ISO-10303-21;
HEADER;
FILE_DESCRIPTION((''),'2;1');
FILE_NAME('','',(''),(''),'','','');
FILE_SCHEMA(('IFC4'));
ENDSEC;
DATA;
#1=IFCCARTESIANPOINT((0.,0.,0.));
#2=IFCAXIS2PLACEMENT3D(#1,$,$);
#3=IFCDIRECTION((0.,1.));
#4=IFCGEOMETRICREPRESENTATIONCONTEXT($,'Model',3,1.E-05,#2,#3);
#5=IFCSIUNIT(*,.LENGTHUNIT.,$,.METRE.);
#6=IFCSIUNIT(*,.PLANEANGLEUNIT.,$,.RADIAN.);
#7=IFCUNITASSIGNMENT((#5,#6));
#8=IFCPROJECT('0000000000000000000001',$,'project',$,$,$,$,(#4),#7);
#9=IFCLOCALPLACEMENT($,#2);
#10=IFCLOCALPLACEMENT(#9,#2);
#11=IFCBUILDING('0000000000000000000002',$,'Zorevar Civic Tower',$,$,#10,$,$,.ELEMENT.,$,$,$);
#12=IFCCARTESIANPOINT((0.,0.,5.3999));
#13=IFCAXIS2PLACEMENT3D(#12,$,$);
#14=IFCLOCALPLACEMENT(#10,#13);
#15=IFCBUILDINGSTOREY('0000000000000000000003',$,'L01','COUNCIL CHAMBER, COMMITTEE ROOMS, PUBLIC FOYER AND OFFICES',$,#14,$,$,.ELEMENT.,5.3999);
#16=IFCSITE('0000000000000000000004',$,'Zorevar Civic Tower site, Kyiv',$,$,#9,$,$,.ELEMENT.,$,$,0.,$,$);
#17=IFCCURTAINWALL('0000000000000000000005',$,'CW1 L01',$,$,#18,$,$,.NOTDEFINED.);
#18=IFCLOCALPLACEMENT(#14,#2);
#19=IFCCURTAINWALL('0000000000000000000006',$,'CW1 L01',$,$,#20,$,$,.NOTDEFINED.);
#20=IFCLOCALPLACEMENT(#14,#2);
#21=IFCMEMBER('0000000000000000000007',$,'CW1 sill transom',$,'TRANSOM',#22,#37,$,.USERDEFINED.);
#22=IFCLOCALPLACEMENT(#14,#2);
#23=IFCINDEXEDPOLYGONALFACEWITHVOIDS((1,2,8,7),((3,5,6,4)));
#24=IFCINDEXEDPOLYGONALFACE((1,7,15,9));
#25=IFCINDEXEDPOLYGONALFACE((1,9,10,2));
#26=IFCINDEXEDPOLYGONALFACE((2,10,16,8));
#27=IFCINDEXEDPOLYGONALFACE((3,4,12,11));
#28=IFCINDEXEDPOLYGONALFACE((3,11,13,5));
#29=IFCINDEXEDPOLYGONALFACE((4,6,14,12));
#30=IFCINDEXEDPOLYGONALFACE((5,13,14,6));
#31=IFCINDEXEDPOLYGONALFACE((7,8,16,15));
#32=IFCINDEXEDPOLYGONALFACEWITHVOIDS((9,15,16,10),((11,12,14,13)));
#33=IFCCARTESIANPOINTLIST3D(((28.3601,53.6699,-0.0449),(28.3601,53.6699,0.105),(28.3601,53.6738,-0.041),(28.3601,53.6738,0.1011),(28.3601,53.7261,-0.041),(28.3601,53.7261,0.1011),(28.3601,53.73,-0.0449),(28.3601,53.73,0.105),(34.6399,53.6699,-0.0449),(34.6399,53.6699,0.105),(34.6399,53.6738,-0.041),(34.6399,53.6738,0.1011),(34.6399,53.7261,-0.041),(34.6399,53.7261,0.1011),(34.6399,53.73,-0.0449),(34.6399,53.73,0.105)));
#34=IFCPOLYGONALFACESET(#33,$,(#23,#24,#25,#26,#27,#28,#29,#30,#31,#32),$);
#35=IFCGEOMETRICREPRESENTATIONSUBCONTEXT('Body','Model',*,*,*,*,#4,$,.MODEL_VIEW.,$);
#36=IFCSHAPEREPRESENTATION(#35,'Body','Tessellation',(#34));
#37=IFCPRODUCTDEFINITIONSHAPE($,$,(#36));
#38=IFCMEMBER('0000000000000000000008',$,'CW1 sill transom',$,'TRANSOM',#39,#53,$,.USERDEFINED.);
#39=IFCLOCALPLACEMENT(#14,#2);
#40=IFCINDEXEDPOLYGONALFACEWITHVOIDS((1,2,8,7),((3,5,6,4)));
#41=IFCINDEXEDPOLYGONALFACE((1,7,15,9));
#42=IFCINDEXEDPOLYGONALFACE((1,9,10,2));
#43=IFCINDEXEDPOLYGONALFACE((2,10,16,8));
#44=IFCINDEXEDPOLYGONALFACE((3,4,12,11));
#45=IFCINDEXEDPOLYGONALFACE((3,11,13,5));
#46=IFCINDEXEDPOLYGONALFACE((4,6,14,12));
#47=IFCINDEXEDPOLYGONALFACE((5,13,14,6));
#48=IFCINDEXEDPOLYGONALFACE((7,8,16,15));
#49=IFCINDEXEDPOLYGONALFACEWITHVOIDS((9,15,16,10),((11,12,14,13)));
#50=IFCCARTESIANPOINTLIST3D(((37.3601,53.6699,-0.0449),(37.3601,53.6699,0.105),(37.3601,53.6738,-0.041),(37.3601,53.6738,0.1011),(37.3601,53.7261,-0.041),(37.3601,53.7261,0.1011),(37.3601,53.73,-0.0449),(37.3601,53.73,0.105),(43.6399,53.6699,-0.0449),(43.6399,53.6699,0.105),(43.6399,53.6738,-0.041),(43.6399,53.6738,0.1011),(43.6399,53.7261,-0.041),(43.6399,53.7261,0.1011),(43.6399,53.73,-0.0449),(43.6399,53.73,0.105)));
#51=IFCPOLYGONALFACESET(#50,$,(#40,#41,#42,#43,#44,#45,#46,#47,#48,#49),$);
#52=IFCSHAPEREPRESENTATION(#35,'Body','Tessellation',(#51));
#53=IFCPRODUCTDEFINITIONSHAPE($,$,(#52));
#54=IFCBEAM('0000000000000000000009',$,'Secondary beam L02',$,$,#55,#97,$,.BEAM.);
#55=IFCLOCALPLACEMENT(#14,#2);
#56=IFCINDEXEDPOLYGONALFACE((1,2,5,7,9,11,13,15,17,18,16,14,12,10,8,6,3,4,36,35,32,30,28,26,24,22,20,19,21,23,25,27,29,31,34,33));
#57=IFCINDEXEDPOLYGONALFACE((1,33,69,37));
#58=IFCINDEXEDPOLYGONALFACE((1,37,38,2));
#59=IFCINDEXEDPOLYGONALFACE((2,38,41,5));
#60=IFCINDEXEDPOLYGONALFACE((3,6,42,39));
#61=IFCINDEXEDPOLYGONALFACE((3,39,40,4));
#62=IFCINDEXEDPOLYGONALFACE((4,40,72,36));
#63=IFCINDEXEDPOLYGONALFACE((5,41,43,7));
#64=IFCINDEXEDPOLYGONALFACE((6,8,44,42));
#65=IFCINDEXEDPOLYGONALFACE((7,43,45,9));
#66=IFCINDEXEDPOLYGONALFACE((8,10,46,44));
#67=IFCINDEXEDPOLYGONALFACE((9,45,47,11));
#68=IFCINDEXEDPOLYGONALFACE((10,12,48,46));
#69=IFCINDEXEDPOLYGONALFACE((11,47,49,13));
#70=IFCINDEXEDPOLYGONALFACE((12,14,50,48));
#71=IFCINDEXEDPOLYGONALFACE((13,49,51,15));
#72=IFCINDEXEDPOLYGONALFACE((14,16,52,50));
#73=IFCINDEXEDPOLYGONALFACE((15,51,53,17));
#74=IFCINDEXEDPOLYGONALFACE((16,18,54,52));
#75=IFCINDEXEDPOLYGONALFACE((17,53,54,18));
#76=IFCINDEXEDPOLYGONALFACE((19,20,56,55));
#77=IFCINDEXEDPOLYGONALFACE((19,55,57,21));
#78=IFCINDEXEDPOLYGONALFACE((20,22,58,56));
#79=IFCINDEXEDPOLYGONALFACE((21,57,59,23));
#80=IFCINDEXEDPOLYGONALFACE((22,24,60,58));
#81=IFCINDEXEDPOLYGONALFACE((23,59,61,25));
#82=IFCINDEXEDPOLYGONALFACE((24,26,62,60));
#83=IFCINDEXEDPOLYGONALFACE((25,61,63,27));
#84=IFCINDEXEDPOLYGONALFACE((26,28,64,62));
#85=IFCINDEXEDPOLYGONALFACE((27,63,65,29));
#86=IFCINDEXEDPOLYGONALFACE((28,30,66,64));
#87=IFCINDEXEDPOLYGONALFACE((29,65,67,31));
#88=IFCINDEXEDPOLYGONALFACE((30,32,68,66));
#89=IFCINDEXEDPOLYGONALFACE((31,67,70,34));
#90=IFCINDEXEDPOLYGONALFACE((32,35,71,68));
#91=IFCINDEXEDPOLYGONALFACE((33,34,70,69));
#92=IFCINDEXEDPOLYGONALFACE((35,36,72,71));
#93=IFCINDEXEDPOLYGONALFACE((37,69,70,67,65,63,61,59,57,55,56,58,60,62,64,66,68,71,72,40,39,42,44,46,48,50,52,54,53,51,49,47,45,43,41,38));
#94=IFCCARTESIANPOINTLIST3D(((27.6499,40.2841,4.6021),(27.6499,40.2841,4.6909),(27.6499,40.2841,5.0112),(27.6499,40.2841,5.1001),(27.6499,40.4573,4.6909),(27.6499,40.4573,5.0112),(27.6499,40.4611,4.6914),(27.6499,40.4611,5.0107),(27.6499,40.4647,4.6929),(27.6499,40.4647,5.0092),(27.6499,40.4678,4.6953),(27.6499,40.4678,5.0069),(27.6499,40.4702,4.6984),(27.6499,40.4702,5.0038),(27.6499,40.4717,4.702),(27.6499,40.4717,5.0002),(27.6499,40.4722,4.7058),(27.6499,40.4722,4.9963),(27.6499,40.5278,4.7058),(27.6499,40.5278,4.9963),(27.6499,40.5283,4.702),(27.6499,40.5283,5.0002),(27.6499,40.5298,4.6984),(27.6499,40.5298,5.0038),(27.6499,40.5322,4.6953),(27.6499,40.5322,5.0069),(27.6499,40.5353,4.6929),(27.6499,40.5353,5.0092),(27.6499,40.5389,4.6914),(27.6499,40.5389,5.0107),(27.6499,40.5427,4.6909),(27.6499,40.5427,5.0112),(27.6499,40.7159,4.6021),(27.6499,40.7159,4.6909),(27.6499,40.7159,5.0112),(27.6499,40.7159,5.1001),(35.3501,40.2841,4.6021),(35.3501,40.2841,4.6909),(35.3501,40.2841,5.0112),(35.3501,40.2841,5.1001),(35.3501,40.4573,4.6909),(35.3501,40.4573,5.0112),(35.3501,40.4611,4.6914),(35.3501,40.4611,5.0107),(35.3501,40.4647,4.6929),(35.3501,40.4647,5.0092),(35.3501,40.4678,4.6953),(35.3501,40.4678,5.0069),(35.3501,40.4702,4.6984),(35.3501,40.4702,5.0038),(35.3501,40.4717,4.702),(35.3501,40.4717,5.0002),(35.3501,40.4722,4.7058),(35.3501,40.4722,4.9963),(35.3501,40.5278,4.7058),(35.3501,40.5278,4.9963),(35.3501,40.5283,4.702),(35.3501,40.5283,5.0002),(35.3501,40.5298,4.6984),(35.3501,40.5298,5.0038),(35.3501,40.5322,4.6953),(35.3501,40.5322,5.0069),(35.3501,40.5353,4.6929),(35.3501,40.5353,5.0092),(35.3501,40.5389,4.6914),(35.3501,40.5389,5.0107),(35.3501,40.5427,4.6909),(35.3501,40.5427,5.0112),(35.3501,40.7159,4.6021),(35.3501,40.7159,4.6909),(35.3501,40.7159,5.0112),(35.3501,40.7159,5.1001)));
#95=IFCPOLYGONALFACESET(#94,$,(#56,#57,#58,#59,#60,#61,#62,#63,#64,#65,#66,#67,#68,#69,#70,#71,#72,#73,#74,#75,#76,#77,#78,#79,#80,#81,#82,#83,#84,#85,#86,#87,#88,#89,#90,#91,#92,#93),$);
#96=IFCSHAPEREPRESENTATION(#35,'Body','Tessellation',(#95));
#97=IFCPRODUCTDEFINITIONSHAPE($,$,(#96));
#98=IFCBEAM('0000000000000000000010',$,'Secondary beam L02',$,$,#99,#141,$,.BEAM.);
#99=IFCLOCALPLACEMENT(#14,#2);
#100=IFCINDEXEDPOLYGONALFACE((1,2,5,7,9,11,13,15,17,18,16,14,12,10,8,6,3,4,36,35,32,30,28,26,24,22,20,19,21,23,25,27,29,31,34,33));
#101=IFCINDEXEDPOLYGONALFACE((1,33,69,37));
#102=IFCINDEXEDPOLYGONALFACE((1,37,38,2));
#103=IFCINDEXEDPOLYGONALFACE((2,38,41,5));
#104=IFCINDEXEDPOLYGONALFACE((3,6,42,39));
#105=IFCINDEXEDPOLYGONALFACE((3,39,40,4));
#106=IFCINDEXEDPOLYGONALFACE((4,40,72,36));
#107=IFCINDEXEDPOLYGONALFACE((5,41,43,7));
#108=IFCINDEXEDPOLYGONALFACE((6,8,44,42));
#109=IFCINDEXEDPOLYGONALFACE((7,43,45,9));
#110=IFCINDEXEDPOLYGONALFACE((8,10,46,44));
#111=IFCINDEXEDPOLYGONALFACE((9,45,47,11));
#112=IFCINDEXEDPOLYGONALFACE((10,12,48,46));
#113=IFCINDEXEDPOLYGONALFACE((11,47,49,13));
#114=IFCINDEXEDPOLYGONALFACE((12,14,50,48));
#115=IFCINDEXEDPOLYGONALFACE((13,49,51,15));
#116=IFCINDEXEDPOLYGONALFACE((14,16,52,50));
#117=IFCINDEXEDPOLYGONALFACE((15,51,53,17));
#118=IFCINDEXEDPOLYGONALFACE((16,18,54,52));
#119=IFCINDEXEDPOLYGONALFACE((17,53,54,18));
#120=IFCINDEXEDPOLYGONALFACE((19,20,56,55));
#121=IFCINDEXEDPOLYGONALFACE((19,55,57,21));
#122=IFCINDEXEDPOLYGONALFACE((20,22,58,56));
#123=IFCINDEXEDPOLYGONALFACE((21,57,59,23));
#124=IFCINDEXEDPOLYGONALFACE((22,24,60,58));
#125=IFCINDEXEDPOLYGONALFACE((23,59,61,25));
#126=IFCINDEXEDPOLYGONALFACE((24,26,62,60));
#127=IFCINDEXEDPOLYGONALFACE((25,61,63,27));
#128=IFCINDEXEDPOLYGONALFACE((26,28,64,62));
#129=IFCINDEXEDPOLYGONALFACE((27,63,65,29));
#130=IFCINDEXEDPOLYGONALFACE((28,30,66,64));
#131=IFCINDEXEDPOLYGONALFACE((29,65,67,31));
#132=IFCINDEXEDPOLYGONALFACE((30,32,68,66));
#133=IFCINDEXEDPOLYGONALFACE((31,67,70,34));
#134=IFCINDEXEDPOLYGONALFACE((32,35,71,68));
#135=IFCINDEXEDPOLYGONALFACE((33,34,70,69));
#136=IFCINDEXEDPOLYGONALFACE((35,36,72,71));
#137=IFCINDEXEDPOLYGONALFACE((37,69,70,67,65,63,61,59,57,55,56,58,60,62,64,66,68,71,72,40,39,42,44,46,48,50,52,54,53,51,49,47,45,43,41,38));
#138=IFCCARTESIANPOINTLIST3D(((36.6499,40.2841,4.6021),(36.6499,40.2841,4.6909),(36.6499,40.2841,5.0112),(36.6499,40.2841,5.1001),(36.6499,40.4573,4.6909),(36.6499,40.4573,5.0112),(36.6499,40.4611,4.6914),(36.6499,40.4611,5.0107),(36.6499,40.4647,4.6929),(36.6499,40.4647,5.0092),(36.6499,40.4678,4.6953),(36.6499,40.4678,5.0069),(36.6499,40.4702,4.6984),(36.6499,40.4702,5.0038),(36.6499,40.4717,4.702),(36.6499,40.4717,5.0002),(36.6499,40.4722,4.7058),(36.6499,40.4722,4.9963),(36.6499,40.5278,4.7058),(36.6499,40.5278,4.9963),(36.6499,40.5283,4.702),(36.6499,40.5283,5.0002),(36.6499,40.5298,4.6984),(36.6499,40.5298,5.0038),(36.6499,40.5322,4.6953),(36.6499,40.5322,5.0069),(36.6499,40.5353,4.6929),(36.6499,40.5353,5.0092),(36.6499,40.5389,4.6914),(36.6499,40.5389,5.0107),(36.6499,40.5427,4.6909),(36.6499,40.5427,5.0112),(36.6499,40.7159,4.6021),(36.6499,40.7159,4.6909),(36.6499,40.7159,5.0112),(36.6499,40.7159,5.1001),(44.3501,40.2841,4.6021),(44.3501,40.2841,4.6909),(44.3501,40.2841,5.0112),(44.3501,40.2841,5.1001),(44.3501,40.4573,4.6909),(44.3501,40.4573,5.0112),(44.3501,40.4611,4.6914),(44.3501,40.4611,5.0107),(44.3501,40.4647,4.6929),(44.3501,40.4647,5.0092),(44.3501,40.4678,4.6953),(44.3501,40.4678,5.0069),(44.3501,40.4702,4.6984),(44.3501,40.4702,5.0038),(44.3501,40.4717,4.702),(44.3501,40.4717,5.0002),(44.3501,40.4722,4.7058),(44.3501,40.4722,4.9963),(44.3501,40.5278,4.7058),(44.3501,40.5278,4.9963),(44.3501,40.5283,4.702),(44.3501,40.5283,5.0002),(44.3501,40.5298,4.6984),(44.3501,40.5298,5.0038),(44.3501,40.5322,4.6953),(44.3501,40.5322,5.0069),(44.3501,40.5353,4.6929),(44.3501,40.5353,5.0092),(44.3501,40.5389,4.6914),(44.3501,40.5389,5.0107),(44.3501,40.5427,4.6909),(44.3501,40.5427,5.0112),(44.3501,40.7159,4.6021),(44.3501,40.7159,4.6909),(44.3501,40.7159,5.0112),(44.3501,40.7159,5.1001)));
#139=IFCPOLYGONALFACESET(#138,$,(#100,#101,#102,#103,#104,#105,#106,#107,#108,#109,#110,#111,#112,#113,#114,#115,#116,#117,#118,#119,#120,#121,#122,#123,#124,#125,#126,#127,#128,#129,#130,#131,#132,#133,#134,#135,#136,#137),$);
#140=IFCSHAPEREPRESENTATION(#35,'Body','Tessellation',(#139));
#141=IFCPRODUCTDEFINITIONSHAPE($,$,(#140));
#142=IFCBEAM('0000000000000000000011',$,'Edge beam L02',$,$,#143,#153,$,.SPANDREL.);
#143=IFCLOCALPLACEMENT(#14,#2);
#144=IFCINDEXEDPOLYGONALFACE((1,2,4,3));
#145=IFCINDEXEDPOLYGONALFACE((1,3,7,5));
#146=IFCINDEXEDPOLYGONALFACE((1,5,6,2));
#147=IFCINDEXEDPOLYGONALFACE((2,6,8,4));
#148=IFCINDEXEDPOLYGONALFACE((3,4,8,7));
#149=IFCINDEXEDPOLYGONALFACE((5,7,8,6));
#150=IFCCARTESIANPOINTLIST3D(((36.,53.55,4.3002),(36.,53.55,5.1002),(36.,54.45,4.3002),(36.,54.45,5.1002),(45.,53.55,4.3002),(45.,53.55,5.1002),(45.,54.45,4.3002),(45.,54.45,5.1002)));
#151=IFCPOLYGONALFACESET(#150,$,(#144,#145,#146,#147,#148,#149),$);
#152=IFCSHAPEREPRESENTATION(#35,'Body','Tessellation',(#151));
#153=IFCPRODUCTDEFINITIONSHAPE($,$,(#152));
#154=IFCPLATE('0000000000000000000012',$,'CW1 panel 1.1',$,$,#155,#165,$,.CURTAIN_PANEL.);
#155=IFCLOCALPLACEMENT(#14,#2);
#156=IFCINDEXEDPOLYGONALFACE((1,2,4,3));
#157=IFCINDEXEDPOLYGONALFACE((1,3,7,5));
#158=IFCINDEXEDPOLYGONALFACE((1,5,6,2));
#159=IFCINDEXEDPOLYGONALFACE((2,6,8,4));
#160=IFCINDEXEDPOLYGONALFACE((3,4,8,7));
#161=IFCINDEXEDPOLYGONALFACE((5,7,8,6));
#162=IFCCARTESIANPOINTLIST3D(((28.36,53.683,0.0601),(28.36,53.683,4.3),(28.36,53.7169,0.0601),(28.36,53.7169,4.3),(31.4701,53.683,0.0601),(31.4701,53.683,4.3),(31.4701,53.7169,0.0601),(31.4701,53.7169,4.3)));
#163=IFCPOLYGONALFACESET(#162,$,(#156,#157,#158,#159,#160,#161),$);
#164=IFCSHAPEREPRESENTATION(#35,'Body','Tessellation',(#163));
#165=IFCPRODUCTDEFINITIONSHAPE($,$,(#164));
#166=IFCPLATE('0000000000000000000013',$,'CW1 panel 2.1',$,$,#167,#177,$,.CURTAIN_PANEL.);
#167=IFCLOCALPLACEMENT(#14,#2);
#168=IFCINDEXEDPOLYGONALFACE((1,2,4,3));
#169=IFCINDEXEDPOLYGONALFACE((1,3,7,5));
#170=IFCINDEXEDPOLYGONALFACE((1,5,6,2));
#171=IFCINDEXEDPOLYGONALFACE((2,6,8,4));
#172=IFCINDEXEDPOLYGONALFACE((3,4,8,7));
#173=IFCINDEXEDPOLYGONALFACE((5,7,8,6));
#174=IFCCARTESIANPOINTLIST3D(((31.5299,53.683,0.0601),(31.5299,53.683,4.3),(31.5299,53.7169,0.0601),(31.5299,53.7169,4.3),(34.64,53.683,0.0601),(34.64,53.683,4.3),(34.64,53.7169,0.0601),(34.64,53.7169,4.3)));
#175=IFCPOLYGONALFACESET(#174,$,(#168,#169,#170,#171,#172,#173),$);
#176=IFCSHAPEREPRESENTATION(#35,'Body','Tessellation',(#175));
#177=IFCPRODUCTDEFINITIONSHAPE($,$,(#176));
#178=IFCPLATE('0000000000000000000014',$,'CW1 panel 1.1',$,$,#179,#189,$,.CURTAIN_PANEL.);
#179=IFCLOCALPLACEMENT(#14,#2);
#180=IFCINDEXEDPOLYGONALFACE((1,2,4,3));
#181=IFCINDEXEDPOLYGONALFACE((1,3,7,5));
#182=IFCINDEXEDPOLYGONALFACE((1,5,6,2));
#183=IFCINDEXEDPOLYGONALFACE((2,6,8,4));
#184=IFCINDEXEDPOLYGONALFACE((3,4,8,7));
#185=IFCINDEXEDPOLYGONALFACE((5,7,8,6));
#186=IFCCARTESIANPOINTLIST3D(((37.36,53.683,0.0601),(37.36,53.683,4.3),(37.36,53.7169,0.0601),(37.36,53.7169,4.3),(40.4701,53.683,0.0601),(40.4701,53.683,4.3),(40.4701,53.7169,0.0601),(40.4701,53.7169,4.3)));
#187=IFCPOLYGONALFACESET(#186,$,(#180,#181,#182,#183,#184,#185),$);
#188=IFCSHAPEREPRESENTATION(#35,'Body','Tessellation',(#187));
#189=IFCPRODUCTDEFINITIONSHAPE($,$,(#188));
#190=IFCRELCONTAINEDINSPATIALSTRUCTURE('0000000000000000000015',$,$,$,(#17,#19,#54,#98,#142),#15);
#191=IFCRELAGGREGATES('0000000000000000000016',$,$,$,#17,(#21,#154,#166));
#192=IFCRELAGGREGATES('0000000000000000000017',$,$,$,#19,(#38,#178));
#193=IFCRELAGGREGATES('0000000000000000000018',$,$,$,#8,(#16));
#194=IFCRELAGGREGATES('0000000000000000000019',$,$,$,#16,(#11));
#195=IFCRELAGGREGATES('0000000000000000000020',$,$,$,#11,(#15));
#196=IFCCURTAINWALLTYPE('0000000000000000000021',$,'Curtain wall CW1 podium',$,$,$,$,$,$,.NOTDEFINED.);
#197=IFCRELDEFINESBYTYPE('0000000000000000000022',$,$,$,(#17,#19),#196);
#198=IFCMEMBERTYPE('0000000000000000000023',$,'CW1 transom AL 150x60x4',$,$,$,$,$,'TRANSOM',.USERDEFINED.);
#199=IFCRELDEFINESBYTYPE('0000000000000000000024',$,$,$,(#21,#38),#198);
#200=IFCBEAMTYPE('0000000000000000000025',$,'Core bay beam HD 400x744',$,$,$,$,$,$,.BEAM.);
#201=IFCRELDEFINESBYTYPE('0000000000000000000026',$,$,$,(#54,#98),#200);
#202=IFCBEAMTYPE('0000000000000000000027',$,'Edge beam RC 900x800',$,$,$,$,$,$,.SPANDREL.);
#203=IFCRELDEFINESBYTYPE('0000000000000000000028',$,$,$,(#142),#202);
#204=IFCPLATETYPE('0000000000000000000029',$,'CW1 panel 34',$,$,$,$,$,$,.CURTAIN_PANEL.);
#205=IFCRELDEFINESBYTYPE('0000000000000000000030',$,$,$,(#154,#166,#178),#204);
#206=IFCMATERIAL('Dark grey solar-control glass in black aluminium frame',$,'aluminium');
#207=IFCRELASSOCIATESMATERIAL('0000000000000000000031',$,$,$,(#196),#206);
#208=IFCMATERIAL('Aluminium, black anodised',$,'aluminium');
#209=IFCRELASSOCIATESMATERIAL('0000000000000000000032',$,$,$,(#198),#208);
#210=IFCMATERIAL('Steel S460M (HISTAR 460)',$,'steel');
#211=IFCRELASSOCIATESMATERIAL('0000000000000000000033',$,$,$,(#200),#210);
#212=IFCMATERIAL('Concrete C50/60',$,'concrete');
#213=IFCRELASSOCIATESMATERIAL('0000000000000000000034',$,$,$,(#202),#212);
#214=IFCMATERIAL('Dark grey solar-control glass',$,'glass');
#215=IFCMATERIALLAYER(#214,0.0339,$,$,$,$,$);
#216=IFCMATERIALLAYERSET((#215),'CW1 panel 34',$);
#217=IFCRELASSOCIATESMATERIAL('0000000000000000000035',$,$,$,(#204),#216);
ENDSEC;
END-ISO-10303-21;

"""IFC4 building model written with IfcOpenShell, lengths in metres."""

from ifc_helpers import new_model, si_unit, direction, frame, origin, origin_2d, place, context, subcontext, project, spatial, rectangle, hollow_rectangle, i_section, extrude, material, layer, layer_set, material_profile, profile_set, type_object, element, aggregate, save


model = new_model("IFC4")

# Units and contexts
model_context = context("Model", 3, precision=1e-05, world=origin(), true_north=direction((0.0, 1.0)))
body_context = subcontext(model_context, "Body", "Model", "MODEL_VIEW")
ifc_project = project(units=[si_unit("LENGTHUNIT", "METRE"), si_unit("PLANEANGLEUNIT", "RADIAN")], contexts=[model_context])

# Site, building, storey
site_placement = place(None, origin())
site = spatial("IfcSite", under=ifc_project, at=site_placement, Name="Zorevar Civic Tower site, Kyiv", CompositionType="ELEMENT", RefElevation=0.0)
building_placement = place(site_placement, origin())
building = spatial("IfcBuilding", under=site, at=building_placement, Name="Zorevar Civic Tower", CompositionType="ELEMENT")
storey_placement = place(building_placement, frame((0.0, 0.0, 5.3999)))
storey = spatial("IfcBuildingStorey", under=building, at=storey_placement, Name="L01", Description="COUNCIL CHAMBER, COMMITTEE ROOMS, PUBLIC FOYER AND OFFICES", CompositionType="ELEMENT", Elevation=5.3999)

# Curtain walls
ifc_material_1 = material(Name="Dark grey solar-control glass in black aluminium frame", Category="aluminium")
curtain_wall_type = type_object("IfcCurtainWallType", Name="Curtain wall CW1 podium", PredefinedType="NOTDEFINED", material=ifc_material_1)
curtain_wall_1_placement = place(storey_placement, origin())
curtain_wall_1 = element("IfcCurtainWall", 1, at=curtain_wall_1_placement, inside=storey, type_object=curtain_wall_type, Name="CW1 L01", PredefinedType="NOTDEFINED")
curtain_wall_2_placement = place(storey_placement, origin())
curtain_wall_2 = element("IfcCurtainWall", 2, at=curtain_wall_2_placement, inside=storey, type_object=curtain_wall_type, Name="CW1 L01", PredefinedType="NOTDEFINED")

# Members
ifc_material_2 = material(Name="Aluminium, black anodised", Category="aluminium")
ifc_material_profile_1 = material_profile(ifc_material_2, hollow_rectangle(XDim=0.0601, YDim=0.1499, WallThickness=0.0039, at=origin_2d()), Name="AL 150x60x4")
ifc_profile_set_1 = profile_set([ifc_material_profile_1], Name="Aluminium, black anodised")
member_type_1 = type_object("IfcMemberType", Name="CW1 transom AL 150x60x4", ElementType="TRANSOM", PredefinedType="USERDEFINED", material=ifc_profile_set_1)
member_1_placement = place(storey_placement, frame((28.3601, 53.7, 0.03), z_axis=(1.0, 0.0, 0.0), x_axis=(0.0, 1.0, 0.0)))
member_1 = element("IfcMember", 3, at=member_1_placement, type_object=member_type_1, Name="CW1 sill transom", ObjectType="TRANSOM", PredefinedType="USERDEFINED", context=body_context, shape_type="SweptSolid", body=[
    extrude(hollow_rectangle(XDim=0.0601, YDim=0.1499, WallThickness=0.0039, at=origin_2d()), origin(), (0.0, 0.0, 1.0), 6.2798),
])
member_2_placement = place(storey_placement, frame((37.3601, 53.7, 0.03), z_axis=(1.0, 0.0, 0.0), x_axis=(0.0, 1.0, 0.0)))
member_2 = element("IfcMember", 4, at=member_2_placement, type_object=member_type_1, Name="CW1 sill transom", ObjectType="TRANSOM", PredefinedType="USERDEFINED", context=body_context, shape_type="SweptSolid", body=[
    extrude(hollow_rectangle(XDim=0.0601, YDim=0.1499, WallThickness=0.0039, at=origin_2d()), origin(), (0.0, 0.0, 1.0), 6.2798),
])

# Beams
ifc_material_3 = material(Name="Steel S460M (HISTAR 460)", Category="steel")
ifc_material_profile_2 = material_profile(ifc_material_3, i_section(OverallWidth=0.4319, OverallDepth=0.498, WebThickness=0.0557, FlangeThickness=0.0889, FilletRadius=0.0149, at=origin_2d()), Name="HD 400x744")
ifc_profile_set_2 = profile_set([ifc_material_profile_2], Name="Steel S460M (HISTAR 460)")
beam_type_1 = type_object("IfcBeamType", Name="Core bay beam HD 400x744", PredefinedType="BEAM", material=ifc_profile_set_2)
for number, where, z_axis, x_axis, name in (
    (5, (27.6499, 40.5, 4.8511), (1.0, 0.0, 0.0), (0.0, 1.0, 0.0), "Secondary beam L02"),
    (6, (36.6499, 40.5, 4.8511), (1.0, 0.0, 0.0), (0.0, 1.0, 0.0), "Secondary beam L02"),
):
    element("IfcBeam", number, at=place(storey_placement, frame(where, z_axis=z_axis, x_axis=x_axis)), inside=storey, type_object=beam_type_1, Name=name, PredefinedType="BEAM", context=body_context, shape_type="SweptSolid", body=[
        extrude(i_section(OverallWidth=0.4319, OverallDepth=0.498, WebThickness=0.0557, FlangeThickness=0.0889, FilletRadius=0.0149, at=origin_2d()), origin(), (0.0, 0.0, 1.0), 7.7002),
    ])
ifc_material_4 = material(Name="Concrete C50/60", Category="concrete")
ifc_material_profile_3 = material_profile(ifc_material_4, rectangle(XDim=0.8999, YDim=0.8, at=origin_2d()), Name="RC 900x800")
ifc_profile_set_3 = profile_set([ifc_material_profile_3], Name="Concrete C50/60")
beam_type_2 = type_object("IfcBeamType", Name="Edge beam RC 900x800", PredefinedType="SPANDREL", material=ifc_profile_set_3)
beam_1_placement = place(storey_placement, frame((36.0, 54.0, 4.7002), z_axis=(1.0, 0.0, 0.0), x_axis=(0.0, 1.0, 0.0)))
element("IfcBeam", 7, at=beam_1_placement, inside=storey, type_object=beam_type_2, Name="Edge beam L02", PredefinedType="SPANDREL", context=body_context, shape_type="SweptSolid", body=[
    extrude(rectangle(XDim=0.8999, YDim=0.8, at=origin_2d()), origin(), (0.0, 0.0, 1.0), 9.0),
])

# Plates
ifc_material_5 = material(Name="Dark grey solar-control glass", Category="glass")
ifc_layer_1 = layer(ifc_material_5, 0.0339)
ifc_layer_set_1 = layer_set([ifc_layer_1], Name="CW1 panel 34")
plate_type = type_object("IfcPlateType", Name="CW1 panel 34", PredefinedType="CURTAIN_PANEL", material=ifc_layer_set_1)
plate_1_placement = place(storey_placement, frame((29.915, 53.7, 0.0601), z_axis=(0.0, 0.0, 1.0), x_axis=(1.0, 0.0, 0.0)))
plate_1 = element("IfcPlate", 8, at=plate_1_placement, type_object=plate_type, Name="CW1 panel 1.1", PredefinedType="CURTAIN_PANEL", context=body_context, shape_type="SweptSolid", body=[
    extrude(rectangle(XDim=3.1101, YDim=0.0339, at=origin_2d()), origin(), (0.0, 0.0, 1.0), 4.24),
])
plate_2_placement = place(storey_placement, frame((33.085, 53.7, 0.0601), z_axis=(0.0, 0.0, 1.0), x_axis=(1.0, 0.0, 0.0)))
plate_2 = element("IfcPlate", 9, at=plate_2_placement, type_object=plate_type, Name="CW1 panel 2.1", PredefinedType="CURTAIN_PANEL", context=body_context, shape_type="SweptSolid", body=[
    extrude(rectangle(XDim=3.1101, YDim=0.0339, at=origin_2d()), origin(), (0.0, 0.0, 1.0), 4.24),
])
aggregate(curtain_wall_1, [member_1, plate_1, plate_2])
plate_3_placement = place(storey_placement, frame((38.915, 53.7, 0.0601), z_axis=(0.0, 0.0, 1.0), x_axis=(1.0, 0.0, 0.0)))
plate_3 = element("IfcPlate", 10, at=plate_3_placement, type_object=plate_type, Name="CW1 panel 1.1", PredefinedType="CURTAIN_PANEL", context=body_context, shape_type="SweptSolid", body=[
    extrude(rectangle(XDim=3.1101, YDim=0.0339, at=origin_2d()), origin(), (0.0, 0.0, 1.0), 4.24),
])
aggregate(curtain_wall_2, [member_2, plate_3])

save(model, "model.ifc")
